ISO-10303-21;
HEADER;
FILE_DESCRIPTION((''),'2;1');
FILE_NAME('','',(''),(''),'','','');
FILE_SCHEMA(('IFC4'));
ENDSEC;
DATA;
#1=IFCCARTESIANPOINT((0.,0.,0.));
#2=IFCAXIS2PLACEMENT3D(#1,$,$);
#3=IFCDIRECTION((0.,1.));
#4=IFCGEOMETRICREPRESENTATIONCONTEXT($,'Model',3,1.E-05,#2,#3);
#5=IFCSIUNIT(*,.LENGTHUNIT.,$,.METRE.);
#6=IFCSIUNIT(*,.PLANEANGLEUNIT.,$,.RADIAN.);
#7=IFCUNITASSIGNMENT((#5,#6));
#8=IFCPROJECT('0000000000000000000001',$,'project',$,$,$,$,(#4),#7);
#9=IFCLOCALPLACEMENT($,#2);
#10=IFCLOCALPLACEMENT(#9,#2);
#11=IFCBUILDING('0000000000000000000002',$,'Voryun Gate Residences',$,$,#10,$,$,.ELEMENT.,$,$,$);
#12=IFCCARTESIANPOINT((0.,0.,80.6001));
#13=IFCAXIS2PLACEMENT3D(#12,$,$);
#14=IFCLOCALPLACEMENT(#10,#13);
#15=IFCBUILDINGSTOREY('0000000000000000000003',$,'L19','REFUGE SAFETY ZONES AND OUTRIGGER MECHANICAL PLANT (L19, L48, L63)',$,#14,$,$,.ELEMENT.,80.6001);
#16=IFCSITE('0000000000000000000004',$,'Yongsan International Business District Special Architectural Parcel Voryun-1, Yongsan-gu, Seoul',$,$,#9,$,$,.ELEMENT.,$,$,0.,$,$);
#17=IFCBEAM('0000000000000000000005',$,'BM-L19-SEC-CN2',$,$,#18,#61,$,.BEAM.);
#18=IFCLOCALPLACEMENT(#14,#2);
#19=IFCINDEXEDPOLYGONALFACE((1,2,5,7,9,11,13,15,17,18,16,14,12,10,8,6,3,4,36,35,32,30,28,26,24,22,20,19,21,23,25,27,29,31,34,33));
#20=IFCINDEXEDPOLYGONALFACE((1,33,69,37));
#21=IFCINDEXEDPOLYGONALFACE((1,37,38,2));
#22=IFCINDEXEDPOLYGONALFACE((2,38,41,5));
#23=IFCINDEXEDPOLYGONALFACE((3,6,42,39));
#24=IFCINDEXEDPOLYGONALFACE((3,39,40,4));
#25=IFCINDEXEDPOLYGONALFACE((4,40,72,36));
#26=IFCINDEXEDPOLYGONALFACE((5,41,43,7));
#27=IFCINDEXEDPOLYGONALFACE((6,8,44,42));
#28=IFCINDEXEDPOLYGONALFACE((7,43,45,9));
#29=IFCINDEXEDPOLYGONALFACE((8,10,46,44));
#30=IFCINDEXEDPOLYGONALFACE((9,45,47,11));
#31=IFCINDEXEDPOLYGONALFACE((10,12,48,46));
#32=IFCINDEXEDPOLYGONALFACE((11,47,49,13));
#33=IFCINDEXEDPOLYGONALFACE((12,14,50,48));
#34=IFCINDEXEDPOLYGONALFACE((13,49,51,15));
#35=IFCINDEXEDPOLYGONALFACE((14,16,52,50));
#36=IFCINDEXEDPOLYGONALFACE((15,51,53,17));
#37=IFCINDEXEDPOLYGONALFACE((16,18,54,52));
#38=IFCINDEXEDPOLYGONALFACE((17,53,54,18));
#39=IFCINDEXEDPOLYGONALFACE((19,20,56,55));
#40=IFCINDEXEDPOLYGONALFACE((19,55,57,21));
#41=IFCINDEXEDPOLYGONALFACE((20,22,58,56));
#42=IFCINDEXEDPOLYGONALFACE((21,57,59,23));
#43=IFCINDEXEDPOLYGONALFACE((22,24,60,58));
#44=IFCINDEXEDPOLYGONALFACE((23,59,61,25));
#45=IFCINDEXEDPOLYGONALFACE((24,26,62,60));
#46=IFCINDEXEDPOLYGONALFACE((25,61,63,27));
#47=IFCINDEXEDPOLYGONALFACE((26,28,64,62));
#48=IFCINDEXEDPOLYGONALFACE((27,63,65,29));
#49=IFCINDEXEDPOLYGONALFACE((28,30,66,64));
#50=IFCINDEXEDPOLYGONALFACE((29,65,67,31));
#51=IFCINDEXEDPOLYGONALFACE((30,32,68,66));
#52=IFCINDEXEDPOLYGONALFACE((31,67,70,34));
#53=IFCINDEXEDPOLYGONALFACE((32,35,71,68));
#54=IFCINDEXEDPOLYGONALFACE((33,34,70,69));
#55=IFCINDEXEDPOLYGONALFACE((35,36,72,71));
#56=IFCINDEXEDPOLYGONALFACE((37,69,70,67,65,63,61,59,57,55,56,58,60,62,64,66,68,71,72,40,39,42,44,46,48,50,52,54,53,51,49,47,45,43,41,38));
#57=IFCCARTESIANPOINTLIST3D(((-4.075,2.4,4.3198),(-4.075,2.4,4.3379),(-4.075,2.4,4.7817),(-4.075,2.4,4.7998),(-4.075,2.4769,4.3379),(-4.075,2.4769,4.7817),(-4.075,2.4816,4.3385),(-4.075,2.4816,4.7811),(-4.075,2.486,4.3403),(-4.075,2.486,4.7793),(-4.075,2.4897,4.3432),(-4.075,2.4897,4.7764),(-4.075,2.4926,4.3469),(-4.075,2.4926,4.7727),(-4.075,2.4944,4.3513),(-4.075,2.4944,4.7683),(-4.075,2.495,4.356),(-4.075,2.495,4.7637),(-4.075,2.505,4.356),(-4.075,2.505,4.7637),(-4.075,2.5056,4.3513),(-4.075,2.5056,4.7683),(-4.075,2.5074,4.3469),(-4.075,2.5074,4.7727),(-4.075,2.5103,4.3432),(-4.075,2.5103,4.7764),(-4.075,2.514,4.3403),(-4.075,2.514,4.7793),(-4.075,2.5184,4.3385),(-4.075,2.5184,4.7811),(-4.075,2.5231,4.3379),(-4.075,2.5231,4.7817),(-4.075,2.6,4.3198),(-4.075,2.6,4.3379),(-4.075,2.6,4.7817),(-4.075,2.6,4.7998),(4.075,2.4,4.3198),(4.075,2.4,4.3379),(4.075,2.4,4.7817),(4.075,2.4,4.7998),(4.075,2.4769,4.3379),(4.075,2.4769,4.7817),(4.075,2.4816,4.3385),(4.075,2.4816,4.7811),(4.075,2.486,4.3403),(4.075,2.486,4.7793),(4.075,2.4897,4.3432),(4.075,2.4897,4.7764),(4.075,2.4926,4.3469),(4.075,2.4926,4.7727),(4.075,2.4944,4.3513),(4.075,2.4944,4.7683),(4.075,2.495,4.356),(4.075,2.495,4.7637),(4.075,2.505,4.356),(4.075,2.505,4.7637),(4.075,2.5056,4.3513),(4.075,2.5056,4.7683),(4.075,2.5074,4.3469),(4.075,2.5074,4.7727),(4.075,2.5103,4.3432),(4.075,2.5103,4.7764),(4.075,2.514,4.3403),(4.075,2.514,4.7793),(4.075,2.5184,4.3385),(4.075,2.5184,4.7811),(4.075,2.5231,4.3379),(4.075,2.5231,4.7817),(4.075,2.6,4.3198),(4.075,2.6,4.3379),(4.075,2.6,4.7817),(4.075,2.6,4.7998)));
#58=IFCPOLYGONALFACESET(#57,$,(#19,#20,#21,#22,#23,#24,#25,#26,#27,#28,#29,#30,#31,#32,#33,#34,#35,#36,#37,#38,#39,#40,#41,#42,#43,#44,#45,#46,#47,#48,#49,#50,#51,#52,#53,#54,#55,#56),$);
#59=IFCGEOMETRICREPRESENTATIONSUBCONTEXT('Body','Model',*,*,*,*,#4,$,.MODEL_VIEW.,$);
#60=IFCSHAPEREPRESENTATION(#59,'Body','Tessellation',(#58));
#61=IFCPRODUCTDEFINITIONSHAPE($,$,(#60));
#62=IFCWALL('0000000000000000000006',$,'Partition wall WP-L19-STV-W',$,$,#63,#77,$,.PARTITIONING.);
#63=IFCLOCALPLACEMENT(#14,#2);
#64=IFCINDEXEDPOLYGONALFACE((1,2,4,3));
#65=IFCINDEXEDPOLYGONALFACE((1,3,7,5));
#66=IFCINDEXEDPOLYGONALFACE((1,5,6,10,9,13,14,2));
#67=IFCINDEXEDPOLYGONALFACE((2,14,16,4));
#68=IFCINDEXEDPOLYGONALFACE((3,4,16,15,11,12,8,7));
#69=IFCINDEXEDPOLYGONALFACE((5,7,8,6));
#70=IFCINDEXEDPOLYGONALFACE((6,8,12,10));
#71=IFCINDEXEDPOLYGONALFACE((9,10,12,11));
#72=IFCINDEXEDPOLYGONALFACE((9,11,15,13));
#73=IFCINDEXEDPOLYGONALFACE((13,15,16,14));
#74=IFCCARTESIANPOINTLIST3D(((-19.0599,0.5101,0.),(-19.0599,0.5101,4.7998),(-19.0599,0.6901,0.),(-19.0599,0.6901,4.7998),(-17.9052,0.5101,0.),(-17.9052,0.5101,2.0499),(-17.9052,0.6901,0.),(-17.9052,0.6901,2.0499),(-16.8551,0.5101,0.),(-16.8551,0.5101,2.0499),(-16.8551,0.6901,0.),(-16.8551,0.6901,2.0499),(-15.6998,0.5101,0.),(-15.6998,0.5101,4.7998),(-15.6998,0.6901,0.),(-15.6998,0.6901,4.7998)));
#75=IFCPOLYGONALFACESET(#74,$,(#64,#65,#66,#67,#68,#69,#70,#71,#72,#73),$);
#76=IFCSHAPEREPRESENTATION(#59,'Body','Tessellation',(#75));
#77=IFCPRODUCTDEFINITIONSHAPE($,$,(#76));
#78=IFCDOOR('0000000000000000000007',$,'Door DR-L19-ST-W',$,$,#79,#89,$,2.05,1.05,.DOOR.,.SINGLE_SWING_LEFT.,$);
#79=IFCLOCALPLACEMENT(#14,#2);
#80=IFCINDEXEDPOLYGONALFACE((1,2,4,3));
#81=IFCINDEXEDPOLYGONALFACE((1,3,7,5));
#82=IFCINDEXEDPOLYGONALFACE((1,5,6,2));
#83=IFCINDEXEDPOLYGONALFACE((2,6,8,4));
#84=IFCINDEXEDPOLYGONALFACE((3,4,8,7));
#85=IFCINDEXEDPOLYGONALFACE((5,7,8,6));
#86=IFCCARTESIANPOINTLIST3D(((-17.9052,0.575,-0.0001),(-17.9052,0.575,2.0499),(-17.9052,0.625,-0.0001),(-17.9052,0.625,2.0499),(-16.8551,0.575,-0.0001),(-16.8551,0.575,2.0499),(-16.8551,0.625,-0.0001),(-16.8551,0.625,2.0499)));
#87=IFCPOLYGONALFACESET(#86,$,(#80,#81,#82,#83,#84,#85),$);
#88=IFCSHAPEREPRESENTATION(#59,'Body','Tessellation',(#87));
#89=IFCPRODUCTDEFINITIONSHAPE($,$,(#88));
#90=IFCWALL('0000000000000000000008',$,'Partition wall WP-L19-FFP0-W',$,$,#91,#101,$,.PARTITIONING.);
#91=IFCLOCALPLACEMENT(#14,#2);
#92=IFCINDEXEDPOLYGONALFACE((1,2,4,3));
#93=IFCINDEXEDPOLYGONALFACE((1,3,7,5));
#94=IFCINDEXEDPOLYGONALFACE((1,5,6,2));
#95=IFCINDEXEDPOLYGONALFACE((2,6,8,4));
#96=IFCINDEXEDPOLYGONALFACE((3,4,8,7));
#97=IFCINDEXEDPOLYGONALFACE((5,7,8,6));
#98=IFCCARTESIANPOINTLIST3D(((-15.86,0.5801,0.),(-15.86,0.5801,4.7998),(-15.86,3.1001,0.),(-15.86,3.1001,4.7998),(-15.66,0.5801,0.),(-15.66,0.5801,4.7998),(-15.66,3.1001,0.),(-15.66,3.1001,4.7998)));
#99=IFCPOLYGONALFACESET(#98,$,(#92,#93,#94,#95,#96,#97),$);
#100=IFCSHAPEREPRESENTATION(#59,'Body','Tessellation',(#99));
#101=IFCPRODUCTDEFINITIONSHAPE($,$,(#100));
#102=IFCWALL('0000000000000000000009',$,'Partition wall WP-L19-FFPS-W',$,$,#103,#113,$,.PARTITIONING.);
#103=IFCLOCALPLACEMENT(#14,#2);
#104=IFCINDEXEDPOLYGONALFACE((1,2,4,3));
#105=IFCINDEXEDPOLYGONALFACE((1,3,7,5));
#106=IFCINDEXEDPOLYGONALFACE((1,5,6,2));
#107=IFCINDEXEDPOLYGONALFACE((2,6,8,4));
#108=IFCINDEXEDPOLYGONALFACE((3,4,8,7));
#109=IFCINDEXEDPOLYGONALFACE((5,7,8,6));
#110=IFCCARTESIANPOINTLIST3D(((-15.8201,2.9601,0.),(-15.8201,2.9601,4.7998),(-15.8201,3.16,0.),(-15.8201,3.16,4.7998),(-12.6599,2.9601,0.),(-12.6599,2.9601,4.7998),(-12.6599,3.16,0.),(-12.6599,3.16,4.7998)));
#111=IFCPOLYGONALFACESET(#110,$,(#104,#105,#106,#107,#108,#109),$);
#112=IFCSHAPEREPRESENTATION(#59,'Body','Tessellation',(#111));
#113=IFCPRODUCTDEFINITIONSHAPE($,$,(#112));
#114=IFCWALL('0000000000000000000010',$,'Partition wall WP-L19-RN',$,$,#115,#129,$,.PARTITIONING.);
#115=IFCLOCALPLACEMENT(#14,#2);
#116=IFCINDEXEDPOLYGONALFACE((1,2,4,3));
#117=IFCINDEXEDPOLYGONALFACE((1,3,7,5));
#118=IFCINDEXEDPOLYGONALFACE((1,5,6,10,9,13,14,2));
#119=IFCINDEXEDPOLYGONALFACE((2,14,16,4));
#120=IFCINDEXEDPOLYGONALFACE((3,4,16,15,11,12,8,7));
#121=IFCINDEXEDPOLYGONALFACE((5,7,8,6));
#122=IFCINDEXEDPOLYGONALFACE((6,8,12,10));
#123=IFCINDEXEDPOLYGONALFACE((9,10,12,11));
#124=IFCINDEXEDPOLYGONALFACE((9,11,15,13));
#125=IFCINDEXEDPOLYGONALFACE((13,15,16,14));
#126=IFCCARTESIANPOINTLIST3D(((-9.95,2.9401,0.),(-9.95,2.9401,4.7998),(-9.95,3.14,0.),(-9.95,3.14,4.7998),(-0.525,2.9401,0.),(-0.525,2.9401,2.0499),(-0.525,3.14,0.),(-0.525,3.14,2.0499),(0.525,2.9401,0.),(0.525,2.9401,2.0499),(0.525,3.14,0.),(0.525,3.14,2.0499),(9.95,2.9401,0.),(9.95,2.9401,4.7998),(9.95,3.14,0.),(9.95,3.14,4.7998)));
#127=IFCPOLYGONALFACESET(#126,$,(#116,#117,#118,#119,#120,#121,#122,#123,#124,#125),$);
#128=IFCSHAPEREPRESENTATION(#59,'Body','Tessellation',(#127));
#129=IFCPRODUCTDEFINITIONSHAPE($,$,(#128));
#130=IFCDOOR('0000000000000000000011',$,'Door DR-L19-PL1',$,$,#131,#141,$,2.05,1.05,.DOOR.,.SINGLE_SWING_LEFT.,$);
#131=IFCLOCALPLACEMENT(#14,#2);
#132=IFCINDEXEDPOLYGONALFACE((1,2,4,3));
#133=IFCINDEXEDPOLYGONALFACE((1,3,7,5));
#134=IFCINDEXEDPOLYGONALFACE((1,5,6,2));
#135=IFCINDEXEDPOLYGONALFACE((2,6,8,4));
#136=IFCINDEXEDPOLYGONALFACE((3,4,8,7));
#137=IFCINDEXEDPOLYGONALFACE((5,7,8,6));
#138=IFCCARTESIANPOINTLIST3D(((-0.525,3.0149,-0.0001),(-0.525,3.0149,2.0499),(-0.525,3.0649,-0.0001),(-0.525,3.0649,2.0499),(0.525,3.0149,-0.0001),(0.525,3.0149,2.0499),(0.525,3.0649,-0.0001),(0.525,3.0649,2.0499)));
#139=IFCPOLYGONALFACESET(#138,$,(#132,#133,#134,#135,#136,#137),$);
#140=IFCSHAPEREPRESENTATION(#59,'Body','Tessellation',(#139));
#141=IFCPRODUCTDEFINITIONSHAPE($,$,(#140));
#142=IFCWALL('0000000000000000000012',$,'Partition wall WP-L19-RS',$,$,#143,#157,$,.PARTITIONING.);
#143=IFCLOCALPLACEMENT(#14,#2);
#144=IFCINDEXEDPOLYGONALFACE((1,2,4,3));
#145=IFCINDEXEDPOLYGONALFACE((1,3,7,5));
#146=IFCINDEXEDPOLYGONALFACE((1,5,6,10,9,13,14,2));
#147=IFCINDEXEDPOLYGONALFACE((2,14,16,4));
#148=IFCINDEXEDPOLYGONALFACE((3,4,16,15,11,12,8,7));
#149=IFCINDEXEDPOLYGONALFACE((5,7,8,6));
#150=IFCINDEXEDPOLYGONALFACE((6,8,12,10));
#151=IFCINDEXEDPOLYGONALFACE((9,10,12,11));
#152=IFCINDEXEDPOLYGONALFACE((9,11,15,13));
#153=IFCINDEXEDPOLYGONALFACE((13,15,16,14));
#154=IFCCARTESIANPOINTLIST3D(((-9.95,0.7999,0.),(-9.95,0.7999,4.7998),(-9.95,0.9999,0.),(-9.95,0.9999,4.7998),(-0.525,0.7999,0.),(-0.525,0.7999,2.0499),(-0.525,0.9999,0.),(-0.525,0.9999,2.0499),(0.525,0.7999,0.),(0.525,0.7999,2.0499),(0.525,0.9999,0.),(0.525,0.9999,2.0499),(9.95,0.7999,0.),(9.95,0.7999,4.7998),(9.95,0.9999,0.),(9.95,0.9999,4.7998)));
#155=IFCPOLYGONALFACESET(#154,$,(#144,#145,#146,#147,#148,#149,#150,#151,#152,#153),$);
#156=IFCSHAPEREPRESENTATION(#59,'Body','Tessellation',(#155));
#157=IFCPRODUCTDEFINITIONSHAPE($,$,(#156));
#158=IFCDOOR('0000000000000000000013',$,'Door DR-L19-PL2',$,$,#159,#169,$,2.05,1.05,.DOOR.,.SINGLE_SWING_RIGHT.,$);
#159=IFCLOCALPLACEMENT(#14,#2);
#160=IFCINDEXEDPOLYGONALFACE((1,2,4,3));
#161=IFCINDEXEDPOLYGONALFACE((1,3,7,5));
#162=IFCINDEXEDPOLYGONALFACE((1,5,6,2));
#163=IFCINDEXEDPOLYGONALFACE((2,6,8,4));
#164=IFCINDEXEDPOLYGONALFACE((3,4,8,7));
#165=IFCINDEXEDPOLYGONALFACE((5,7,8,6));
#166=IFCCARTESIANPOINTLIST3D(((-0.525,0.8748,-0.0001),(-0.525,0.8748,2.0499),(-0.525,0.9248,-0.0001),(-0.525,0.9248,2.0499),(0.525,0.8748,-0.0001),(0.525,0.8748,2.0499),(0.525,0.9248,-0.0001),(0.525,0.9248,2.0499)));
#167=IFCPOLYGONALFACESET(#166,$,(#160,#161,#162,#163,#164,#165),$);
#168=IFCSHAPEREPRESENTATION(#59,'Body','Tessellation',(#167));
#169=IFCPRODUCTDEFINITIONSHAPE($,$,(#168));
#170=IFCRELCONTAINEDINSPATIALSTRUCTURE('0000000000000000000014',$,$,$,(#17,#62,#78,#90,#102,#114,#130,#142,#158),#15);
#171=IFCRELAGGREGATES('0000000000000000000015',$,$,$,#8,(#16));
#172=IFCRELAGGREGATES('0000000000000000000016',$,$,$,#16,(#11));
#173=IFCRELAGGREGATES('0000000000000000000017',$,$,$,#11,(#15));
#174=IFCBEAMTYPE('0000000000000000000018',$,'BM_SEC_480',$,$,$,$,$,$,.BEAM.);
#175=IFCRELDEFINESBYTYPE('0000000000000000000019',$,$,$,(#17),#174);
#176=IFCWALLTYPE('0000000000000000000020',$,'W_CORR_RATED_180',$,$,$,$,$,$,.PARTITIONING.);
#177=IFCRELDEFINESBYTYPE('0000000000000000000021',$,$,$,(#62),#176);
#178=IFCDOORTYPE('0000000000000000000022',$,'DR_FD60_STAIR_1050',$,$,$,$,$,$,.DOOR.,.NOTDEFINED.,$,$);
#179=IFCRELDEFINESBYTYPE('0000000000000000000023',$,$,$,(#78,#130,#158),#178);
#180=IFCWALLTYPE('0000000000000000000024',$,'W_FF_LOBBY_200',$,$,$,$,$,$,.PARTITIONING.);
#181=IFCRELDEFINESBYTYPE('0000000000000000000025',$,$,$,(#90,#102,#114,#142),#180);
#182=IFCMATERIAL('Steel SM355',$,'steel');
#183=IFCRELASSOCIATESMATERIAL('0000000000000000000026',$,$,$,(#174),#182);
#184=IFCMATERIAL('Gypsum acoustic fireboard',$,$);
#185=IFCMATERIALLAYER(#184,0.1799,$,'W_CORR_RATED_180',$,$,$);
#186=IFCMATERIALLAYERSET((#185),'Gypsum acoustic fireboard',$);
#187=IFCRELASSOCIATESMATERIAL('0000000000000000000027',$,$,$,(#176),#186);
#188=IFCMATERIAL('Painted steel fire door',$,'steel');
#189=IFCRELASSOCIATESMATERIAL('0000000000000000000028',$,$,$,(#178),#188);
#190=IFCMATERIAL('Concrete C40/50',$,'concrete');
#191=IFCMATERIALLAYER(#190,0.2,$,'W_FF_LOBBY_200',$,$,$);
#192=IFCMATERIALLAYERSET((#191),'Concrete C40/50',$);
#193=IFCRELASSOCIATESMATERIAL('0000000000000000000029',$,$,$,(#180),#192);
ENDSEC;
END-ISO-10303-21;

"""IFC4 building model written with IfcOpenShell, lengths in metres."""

from ifc_helpers import new_model, si_unit, direction, frame, frame_2d, origin, origin_2d, place, context, subcontext, project, spatial, rectangle, i_section, extrude, material, layer, layer_set, material_profile, profile_set, type_object, element, fill, save


model = new_model("IFC4")

# Units and contexts
model_context = context("Model", 3, precision=1e-05, world=origin(), true_north=direction((0.0, 1.0)))
body_context = subcontext(model_context, "Body", "Model", "MODEL_VIEW")
ifc_project = project(units=[si_unit("LENGTHUNIT", "METRE"), si_unit("PLANEANGLEUNIT", "RADIAN")], contexts=[model_context])

# Site, building, storey
site_placement = place(None, origin())
site = spatial("IfcSite", under=ifc_project, at=site_placement, Name="Yongsan International Business District Special Architectural Parcel Voryun-1, Yongsan-gu, Seoul", CompositionType="ELEMENT", RefElevation=0.0)
building_placement = place(site_placement, origin())
building = spatial("IfcBuilding", under=site, at=building_placement, Name="Voryun Gate Residences", CompositionType="ELEMENT")
storey_placement = place(building_placement, frame((0.0, 0.0, 80.6001)))
storey = spatial("IfcBuildingStorey", under=building, at=storey_placement, Name="L19", Description="REFUGE SAFETY ZONES AND OUTRIGGER MECHANICAL PLANT (L19, L48, L63)", CompositionType="ELEMENT", Elevation=80.6001)

# Beam
ifc_material_1 = material(Name="Steel SM355", Category="steel")
ifc_material_profile_1 = material_profile(ifc_material_1, i_section(OverallWidth=0.2, OverallDepth=0.48, WebThickness=0.01, FlangeThickness=0.0181, FilletRadius=0.0181, at=origin_2d()), Name="H-480x200x10x18")
ifc_profile_set_1 = profile_set([ifc_material_profile_1], Name="Steel SM355")
beam_type = type_object("IfcBeamType", Name="BM_SEC_480", PredefinedType="BEAM", material=ifc_profile_set_1)
beam_1_placement = place(storey_placement, frame((-4.075, 2.5, 4.5598), z_axis=(1.0, 0.0, 0.0), x_axis=(0.0, 1.0, 0.0)))
element("IfcBeam", 1, at=beam_1_placement, inside=storey, type_object=beam_type, Name="BM-L19-SEC-CN2", PredefinedType="BEAM", context=body_context, shape_type="SweptSolid", body=[
    extrude(i_section(OverallWidth=0.2, OverallDepth=0.48, WebThickness=0.01, FlangeThickness=0.0181, FilletRadius=0.0181, at=origin_2d()), origin(), (0.0, 0.0, 1.0), 8.1499),
])

# Wall, opening, door
ifc_material_2 = material(Name="Gypsum acoustic fireboard")
ifc_layer_1 = layer(ifc_material_2, 0.1799, Name="W_CORR_RATED_180")
ifc_layer_set_1 = layer_set([ifc_layer_1], Name="Gypsum acoustic fireboard")
wall_type_1 = type_object("IfcWallType", Name="W_CORR_RATED_180", PredefinedType="PARTITIONING", material=ifc_layer_set_1)
wall_1_placement = place(storey_placement, frame((-19.0601, 0.6001, 0.0), z_axis=(0.0, 0.0, 1.0), x_axis=(1.0, 0.0, 0.0)))
wall_1 = element("IfcWall", 2, at=wall_1_placement, inside=storey, type_object=wall_type_1, Name="Partition wall WP-L19-STV-W", PredefinedType="PARTITIONING", context=body_context, shape_type="SweptSolid", body=[
    extrude(rectangle(XDim=3.3601, YDim=0.1799, at=frame_2d((1.6802, 0.0))), origin(), (0.0, 0.0, 1.0), 4.7998),
])
opening_1_placement = place(wall_1_placement, frame((1.155, 0.0, 0.0)))
opening_1 = element("IfcOpeningElement", 3, at=opening_1_placement, cuts=wall_1, PredefinedType="OPENING", context=body_context, shape_type="SweptSolid", body=[
    extrude(rectangle(XDim=1.05, YDim=2.05, at=frame_2d((0.5249, 1.0249))), frame((0.0, 0.0999, 0.0), z_axis=(0.0, -1.0, 0.0), x_axis=(1.0, 0.0, 0.0)), (0.0, 0.0, 1.0), 0.2),
])
ifc_material_3 = material(Name="Painted steel fire door", Category="steel")
door_type = type_object("IfcDoorType", Name="DR_FD60_STAIR_1050", OperationType="NOTDEFINED", PredefinedType="DOOR", material=ifc_material_3)
door_1_placement = place(opening_1_placement, origin())
door_1 = element("IfcDoor", 4, at=door_1_placement, inside=storey, type_object=door_type, Name="Door DR-L19-ST-W", OperationType="SINGLE_SWING_LEFT", OverallHeight=2.05, OverallWidth=1.05, PredefinedType="DOOR", context=body_context, shape_type="SweptSolid", body=[
    extrude(rectangle(XDim=1.05, YDim=2.05, at=frame_2d((0.5249, 1.0249))), frame((0.0, 0.0249, 0.0), z_axis=(0.0, -1.0, 0.0), x_axis=(1.0, 0.0, 0.0)), (0.0, 0.0, 1.0), 0.05),
])
fill(opening_1, door_1)

# Walls
ifc_material_4 = material(Name="Concrete C40/50", Category="concrete")
ifc_layer_2 = layer(ifc_material_4, 0.2, Name="W_FF_LOBBY_200")
ifc_layer_set_2 = layer_set([ifc_layer_2], Name="Concrete C40/50")
wall_type_2 = type_object("IfcWallType", Name="W_FF_LOBBY_200", PredefinedType="PARTITIONING", material=ifc_layer_set_2)
wall_2_placement = place(storey_placement, frame((-15.76, 0.5801, 0.0), z_axis=(0.0, 0.0, 1.0), x_axis=(0.0, 1.0, 0.0)))
element("IfcWall", 5, at=wall_2_placement, inside=storey, type_object=wall_type_2, Name="Partition wall WP-L19-FFP0-W", PredefinedType="PARTITIONING", context=body_context, shape_type="SweptSolid", body=[
    extrude(rectangle(XDim=2.52, YDim=0.2, at=frame_2d((1.26, 0.0))), origin(), (0.0, 0.0, 1.0), 4.7998),
])
wall_3_placement = place(storey_placement, frame((-15.8201, 3.0601, 0.0), z_axis=(0.0, 0.0, 1.0), x_axis=(1.0, 0.0, 0.0)))
element("IfcWall", 6, at=wall_3_placement, inside=storey, type_object=wall_type_2, Name="Partition wall WP-L19-FFPS-W", PredefinedType="PARTITIONING", context=body_context, shape_type="SweptSolid", body=[
    extrude(rectangle(XDim=3.1602, YDim=0.2, at=frame_2d((1.5801, 0.0))), origin(), (0.0, 0.0, 1.0), 4.7998),
])

# Walls, openings, doors
wall_4_placement = place(storey_placement, frame((-9.95, 3.04, 0.0), z_axis=(0.0, 0.0, 1.0), x_axis=(1.0, 0.0, 0.0)))
wall_4 = element("IfcWall", 7, at=wall_4_placement, inside=storey, type_object=wall_type_2, Name="Partition wall WP-L19-RN", PredefinedType="PARTITIONING", context=body_context, shape_type="SweptSolid", body=[
    extrude(rectangle(XDim=19.8999, YDim=0.2, at=frame_2d((9.95, 0.0))), origin(), (0.0, 0.0, 1.0), 4.7998),
])
opening_2_placement = place(wall_4_placement, frame((9.425, 0.0, 0.0)))
opening_2 = element("IfcOpeningElement", 8, at=opening_2_placement, cuts=wall_4, PredefinedType="OPENING", context=body_context, shape_type="SweptSolid", body=[
    extrude(rectangle(XDim=1.05, YDim=2.05, at=frame_2d((0.5249, 1.0249))), frame((0.0, 0.1101, 0.0), z_axis=(0.0, -1.0, 0.0), x_axis=(1.0, 0.0, 0.0)), (0.0, 0.0, 1.0), 0.22),
])
door_2_placement = place(opening_2_placement, origin())
door_2 = element("IfcDoor", 9, at=door_2_placement, inside=storey, type_object=door_type, Name="Door DR-L19-PL1", OperationType="SINGLE_SWING_LEFT", OverallHeight=2.05, OverallWidth=1.05, PredefinedType="DOOR", context=body_context, shape_type="SweptSolid", body=[
    extrude(rectangle(XDim=1.05, YDim=2.05, at=frame_2d((0.5249, 1.0249))), frame((0.0, 0.0249, 0.0), z_axis=(0.0, -1.0, 0.0), x_axis=(1.0, 0.0, 0.0)), (0.0, 0.0, 1.0), 0.05),
])
fill(opening_2, door_2)
wall_5_placement = place(storey_placement, frame((-9.95, 0.8999, 0.0), z_axis=(0.0, 0.0, 1.0), x_axis=(1.0, 0.0, 0.0)))
wall_5 = element("IfcWall", 10, at=wall_5_placement, inside=storey, type_object=wall_type_2, Name="Partition wall WP-L19-RS", PredefinedType="PARTITIONING", context=body_context, shape_type="SweptSolid", body=[
    extrude(rectangle(XDim=19.8999, YDim=0.2, at=frame_2d((9.95, 0.0))), origin(), (0.0, 0.0, 1.0), 4.7998),
])
opening_3_placement = place(wall_5_placement, frame((9.425, 0.0, 0.0)))
opening_3 = element("IfcOpeningElement", 11, at=opening_3_placement, cuts=wall_5, PredefinedType="OPENING", context=body_context, shape_type="SweptSolid", body=[
    extrude(rectangle(XDim=1.05, YDim=2.05, at=frame_2d((0.5249, 1.0249))), frame((0.0, 0.1101, 0.0), z_axis=(0.0, -1.0, 0.0), x_axis=(1.0, 0.0, 0.0)), (0.0, 0.0, 1.0), 0.22),
])
door_3_placement = place(opening_3_placement, origin())
door_3 = element("IfcDoor", 12, at=door_3_placement, inside=storey, type_object=door_type, Name="Door DR-L19-PL2", OperationType="SINGLE_SWING_RIGHT", OverallHeight=2.05, OverallWidth=1.05, PredefinedType="DOOR", context=body_context, shape_type="SweptSolid", body=[
    extrude(rectangle(XDim=1.05, YDim=2.05, at=frame_2d((0.5249, 1.0249))), frame((0.0, 0.0249, 0.0), z_axis=(0.0, -1.0, 0.0), x_axis=(1.0, 0.0, 0.0)), (0.0, 0.0, 1.0), 0.05),
])
fill(opening_3, door_3)

save(model, "model.ifc")
